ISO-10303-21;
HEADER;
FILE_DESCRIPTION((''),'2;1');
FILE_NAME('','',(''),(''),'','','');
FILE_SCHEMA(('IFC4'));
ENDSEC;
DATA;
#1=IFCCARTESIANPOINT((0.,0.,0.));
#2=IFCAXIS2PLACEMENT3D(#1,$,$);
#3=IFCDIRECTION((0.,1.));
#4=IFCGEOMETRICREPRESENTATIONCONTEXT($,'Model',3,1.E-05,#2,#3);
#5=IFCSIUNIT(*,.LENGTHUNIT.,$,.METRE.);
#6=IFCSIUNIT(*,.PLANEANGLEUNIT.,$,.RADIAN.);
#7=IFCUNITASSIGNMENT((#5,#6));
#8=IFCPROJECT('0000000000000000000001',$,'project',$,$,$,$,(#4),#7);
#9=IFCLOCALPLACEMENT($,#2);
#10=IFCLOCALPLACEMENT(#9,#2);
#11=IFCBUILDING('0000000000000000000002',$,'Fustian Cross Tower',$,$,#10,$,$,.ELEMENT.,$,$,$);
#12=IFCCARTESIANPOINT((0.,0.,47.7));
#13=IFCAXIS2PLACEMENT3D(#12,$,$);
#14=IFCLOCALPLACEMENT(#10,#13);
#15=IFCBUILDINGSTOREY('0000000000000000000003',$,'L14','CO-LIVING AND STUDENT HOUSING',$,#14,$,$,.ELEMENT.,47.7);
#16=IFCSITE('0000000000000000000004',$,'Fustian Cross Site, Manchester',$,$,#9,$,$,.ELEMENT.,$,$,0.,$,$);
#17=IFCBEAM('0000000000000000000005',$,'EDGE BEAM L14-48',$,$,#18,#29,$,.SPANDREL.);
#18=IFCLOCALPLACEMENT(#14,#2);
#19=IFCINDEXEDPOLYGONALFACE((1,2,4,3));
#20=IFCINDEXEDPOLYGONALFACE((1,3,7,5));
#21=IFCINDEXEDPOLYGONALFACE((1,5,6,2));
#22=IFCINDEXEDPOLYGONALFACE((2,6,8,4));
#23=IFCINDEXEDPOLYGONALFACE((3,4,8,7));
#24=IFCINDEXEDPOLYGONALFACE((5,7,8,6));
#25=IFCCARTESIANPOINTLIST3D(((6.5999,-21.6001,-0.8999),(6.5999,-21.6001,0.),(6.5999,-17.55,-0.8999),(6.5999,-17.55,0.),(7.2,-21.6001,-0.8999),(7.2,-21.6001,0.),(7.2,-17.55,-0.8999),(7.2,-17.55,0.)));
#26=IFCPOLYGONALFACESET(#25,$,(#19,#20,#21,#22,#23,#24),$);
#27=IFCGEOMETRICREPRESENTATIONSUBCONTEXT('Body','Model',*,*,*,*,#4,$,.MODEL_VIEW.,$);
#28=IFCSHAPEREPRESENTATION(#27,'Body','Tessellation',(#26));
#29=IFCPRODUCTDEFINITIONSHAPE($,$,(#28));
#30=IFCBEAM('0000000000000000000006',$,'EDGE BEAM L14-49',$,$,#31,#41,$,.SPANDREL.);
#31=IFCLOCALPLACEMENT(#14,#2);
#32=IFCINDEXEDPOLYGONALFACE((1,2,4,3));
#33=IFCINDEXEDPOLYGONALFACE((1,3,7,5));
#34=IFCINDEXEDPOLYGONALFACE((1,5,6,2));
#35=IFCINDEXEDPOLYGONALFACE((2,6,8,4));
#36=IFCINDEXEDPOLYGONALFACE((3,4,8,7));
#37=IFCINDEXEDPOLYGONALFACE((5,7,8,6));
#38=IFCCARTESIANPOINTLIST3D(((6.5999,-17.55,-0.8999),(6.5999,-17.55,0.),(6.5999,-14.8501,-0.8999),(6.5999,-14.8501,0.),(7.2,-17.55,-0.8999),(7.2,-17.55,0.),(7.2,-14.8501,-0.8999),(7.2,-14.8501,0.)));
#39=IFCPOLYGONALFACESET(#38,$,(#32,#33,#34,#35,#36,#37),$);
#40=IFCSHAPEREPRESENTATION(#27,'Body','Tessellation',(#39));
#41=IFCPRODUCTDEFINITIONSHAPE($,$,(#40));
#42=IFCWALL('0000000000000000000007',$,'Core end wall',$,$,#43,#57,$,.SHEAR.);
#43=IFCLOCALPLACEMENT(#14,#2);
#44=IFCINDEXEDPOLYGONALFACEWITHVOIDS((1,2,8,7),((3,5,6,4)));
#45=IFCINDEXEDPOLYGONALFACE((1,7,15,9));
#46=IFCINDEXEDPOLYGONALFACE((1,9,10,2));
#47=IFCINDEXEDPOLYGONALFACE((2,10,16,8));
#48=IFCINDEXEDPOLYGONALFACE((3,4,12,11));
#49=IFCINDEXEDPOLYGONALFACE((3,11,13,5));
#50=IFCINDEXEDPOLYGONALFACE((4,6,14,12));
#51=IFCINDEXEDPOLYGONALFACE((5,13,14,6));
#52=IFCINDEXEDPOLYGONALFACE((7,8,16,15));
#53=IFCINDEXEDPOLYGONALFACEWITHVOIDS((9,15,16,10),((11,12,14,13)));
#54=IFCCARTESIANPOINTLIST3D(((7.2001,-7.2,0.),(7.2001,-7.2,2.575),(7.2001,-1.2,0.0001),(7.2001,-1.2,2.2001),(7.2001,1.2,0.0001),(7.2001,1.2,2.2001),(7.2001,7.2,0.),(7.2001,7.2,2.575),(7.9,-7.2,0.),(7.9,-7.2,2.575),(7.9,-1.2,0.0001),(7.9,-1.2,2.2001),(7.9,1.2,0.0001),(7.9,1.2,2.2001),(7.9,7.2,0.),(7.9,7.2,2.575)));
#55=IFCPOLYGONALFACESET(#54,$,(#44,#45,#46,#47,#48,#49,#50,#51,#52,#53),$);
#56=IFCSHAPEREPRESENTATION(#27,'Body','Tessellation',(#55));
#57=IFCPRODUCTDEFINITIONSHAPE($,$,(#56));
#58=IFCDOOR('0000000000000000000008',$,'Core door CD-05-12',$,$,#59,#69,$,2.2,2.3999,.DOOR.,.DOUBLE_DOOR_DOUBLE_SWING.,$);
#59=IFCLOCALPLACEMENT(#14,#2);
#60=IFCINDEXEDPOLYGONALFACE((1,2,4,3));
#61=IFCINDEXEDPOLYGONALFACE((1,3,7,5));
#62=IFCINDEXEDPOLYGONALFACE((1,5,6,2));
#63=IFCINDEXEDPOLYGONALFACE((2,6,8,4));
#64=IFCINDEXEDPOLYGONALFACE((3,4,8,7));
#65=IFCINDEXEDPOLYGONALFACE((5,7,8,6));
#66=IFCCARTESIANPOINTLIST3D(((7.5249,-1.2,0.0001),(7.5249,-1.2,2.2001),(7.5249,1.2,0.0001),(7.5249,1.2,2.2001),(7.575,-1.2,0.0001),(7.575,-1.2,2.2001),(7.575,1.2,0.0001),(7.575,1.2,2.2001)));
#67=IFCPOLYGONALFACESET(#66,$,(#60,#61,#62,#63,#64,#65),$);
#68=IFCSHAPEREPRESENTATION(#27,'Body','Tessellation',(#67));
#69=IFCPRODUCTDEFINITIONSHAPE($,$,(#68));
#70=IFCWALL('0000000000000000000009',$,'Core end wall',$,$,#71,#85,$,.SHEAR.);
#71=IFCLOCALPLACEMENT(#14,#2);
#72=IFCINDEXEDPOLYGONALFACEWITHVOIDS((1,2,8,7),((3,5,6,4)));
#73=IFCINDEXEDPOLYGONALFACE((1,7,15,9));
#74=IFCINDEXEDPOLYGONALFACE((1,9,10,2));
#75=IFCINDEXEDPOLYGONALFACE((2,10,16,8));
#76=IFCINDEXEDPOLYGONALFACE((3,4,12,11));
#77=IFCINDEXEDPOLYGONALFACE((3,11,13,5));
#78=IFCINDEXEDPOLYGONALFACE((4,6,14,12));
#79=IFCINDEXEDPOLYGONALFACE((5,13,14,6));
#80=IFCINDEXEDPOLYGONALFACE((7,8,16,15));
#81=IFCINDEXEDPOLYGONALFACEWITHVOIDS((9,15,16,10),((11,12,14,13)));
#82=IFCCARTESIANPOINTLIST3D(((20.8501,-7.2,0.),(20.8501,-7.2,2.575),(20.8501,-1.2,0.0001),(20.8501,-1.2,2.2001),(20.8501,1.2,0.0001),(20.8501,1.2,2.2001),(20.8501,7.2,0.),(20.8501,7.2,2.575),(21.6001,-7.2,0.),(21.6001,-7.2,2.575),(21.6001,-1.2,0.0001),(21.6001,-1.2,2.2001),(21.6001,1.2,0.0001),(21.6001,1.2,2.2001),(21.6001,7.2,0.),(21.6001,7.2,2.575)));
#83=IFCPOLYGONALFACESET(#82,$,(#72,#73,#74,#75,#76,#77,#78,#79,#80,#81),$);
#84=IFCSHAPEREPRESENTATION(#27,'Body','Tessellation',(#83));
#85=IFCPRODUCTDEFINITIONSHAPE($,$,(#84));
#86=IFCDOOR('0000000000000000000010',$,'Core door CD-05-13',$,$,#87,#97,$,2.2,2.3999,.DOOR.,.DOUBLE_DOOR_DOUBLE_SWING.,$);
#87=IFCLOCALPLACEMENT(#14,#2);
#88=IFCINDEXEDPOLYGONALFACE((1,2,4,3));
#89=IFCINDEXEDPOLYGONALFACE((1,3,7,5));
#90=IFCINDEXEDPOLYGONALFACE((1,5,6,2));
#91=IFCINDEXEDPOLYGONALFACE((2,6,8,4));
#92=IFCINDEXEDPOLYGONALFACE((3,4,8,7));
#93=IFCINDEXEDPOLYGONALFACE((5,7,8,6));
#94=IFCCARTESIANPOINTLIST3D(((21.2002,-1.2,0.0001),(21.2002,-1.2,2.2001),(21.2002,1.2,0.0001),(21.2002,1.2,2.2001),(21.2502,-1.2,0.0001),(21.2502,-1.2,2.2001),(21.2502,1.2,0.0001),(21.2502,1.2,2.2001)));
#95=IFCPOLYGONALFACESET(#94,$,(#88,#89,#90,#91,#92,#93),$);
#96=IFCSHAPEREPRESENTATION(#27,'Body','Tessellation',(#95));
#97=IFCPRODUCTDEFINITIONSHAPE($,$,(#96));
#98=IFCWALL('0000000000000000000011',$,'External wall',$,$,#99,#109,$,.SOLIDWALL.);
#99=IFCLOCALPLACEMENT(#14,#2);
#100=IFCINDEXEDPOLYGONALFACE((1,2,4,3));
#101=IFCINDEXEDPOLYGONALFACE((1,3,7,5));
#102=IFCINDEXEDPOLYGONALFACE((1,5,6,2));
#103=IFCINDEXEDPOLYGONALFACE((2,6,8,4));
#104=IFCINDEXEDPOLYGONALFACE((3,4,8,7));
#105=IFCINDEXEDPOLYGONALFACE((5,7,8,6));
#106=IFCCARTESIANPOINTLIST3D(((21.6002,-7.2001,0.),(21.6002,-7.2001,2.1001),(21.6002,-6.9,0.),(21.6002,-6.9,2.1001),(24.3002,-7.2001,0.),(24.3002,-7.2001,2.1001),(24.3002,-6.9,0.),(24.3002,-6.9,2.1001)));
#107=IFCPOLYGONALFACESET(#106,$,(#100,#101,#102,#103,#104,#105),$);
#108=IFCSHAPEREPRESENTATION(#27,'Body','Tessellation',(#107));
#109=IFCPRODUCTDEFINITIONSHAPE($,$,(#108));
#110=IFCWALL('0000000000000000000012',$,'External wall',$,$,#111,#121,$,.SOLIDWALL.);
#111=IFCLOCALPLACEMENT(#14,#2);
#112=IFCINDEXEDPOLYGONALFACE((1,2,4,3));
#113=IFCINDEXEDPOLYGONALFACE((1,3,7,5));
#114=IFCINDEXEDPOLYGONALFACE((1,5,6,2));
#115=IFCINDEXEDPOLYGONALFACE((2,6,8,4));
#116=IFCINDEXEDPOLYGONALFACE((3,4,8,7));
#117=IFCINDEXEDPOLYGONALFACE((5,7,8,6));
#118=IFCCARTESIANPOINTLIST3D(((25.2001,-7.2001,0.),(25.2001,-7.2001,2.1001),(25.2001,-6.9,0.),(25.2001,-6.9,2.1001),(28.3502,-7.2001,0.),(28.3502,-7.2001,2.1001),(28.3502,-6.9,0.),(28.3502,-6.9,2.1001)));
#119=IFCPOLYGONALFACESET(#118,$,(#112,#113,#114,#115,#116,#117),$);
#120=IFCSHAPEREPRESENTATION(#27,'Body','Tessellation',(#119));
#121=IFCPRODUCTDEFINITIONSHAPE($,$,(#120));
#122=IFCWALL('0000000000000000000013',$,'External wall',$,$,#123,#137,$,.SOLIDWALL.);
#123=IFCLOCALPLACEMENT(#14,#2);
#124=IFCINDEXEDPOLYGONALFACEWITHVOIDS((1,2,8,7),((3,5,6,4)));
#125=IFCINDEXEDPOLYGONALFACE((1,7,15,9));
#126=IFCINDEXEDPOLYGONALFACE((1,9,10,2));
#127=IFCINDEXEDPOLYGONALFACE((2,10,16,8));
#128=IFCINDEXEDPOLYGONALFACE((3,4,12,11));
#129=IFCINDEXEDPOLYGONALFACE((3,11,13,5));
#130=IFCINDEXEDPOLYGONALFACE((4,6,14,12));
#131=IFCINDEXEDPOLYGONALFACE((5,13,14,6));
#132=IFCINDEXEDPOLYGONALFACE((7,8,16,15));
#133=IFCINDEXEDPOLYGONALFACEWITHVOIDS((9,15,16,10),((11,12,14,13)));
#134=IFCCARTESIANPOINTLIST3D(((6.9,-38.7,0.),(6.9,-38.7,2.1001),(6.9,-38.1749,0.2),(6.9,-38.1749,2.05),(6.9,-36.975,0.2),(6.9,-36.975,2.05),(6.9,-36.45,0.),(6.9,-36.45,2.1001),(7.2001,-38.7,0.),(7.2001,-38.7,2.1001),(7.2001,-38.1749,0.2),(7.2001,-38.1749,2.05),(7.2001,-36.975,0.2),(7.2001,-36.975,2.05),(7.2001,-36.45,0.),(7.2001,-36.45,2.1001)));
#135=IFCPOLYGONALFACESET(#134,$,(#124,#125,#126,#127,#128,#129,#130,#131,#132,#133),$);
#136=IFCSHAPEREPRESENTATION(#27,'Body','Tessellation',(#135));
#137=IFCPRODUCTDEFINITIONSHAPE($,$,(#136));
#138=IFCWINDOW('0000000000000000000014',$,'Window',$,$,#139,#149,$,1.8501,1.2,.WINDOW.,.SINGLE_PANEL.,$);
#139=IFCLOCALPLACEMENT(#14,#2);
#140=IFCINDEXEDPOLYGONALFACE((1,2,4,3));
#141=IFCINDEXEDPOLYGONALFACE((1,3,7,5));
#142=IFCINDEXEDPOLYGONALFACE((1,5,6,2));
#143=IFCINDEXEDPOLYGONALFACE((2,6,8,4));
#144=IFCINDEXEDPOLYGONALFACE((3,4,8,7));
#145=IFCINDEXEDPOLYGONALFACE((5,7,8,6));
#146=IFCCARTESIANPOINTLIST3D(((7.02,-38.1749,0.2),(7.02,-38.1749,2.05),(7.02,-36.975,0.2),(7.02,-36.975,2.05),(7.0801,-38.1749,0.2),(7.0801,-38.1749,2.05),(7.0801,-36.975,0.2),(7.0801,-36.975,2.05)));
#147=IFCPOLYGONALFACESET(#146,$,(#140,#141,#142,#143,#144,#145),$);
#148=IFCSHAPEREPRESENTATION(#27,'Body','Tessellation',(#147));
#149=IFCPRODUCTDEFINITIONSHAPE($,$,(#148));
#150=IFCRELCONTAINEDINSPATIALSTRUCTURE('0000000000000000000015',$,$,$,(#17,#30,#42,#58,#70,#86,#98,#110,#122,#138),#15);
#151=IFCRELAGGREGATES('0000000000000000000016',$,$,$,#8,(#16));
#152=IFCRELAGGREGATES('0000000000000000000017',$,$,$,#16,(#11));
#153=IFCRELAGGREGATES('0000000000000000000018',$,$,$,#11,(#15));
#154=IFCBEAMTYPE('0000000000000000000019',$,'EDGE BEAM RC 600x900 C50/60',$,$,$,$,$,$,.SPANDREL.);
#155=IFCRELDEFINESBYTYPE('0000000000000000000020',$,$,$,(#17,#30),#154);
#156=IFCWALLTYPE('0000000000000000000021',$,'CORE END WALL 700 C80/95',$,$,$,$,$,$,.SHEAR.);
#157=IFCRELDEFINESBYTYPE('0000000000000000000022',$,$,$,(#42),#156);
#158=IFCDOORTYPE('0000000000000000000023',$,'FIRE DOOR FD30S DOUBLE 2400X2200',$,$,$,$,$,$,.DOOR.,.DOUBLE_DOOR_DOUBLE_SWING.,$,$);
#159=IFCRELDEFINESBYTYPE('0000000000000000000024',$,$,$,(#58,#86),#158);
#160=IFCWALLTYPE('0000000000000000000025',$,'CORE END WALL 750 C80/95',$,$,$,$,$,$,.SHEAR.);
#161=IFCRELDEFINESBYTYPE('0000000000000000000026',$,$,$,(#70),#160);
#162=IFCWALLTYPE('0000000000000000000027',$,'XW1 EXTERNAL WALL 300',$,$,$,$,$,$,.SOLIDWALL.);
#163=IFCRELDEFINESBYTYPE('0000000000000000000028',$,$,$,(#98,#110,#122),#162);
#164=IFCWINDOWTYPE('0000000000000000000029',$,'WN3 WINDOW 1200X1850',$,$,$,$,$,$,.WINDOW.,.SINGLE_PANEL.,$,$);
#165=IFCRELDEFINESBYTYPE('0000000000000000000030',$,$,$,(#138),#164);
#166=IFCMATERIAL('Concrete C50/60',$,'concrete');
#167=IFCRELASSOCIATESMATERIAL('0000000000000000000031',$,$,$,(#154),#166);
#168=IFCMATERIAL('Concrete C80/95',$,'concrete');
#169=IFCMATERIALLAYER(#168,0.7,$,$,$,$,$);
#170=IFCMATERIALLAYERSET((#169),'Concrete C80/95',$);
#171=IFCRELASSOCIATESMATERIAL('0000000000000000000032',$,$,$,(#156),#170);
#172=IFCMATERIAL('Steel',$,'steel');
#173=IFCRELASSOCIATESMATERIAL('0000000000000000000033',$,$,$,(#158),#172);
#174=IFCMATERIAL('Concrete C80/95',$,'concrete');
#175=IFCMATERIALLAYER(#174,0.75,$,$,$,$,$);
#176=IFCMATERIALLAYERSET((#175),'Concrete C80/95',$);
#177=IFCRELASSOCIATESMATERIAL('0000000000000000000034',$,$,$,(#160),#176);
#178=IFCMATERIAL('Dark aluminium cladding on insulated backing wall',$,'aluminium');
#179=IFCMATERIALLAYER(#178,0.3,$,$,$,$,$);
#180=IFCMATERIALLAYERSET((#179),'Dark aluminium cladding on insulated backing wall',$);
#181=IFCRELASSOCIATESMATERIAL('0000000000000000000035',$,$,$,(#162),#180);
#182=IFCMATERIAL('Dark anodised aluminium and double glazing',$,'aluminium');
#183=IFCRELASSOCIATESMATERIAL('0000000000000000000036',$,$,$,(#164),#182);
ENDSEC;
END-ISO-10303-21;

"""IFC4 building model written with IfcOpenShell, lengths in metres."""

from ifc_helpers import new_model, si_unit, direction, frame, frame_2d, origin, origin_2d, place, context, subcontext, project, spatial, rectangle, extrude, material, layer, layer_set, material_profile, profile_set, type_object, element, fill, save


model = new_model("IFC4")

# Units and contexts
model_context = context("Model", 3, precision=1e-05, world=origin(), true_north=direction((0.0, 1.0)))
body_context = subcontext(model_context, "Body", "Model", "MODEL_VIEW")
ifc_project = project(units=[si_unit("LENGTHUNIT", "METRE"), si_unit("PLANEANGLEUNIT", "RADIAN")], contexts=[model_context])

# Site, building, storey
site_placement = place(None, origin())
site = spatial("IfcSite", under=ifc_project, at=site_placement, Name="Fustian Cross Site, Manchester", CompositionType="ELEMENT", RefElevation=0.0)
building_placement = place(site_placement, origin())
building = spatial("IfcBuilding", under=site, at=building_placement, Name="Fustian Cross Tower", CompositionType="ELEMENT")
storey_placement = place(building_placement, frame((0.0, 0.0, 47.7)))
storey = spatial("IfcBuildingStorey", under=building, at=storey_placement, Name="L14", Description="CO-LIVING AND STUDENT HOUSING", CompositionType="ELEMENT", Elevation=47.7)

# Beams
ifc_material_1 = material(Name="Concrete C50/60", Category="concrete")
ifc_material_profile = material_profile(ifc_material_1, rectangle(XDim=0.6001, YDim=0.8999, at=origin_2d()), Name="RC 600x900")
ifc_profile_set = profile_set([ifc_material_profile], Name="Concrete C50/60")
beam_type = type_object("IfcBeamType", Name="EDGE BEAM RC 600x900 C50/60", PredefinedType="SPANDREL", material=ifc_profile_set)
beam_1_placement = place(storey_placement, frame((6.8999, -21.6001, -0.45), z_axis=(0.0, 1.0, 0.0), x_axis=(-1.0, 0.0, 0.0)))
element("IfcBeam", 1, at=beam_1_placement, inside=storey, type_object=beam_type, Name="EDGE BEAM L14-48", PredefinedType="SPANDREL", context=body_context, shape_type="SweptSolid", body=[
    extrude(rectangle(XDim=0.6001, YDim=0.8999, at=origin_2d()), origin(), (0.0, 0.0, 1.0), 4.05),
])
beam_2_placement = place(storey_placement, frame((6.8999, -17.55, -0.45), z_axis=(0.0, 1.0, 0.0), x_axis=(-1.0, 0.0, 0.0)))
element("IfcBeam", 2, at=beam_2_placement, inside=storey, type_object=beam_type, Name="EDGE BEAM L14-49", PredefinedType="SPANDREL", context=body_context, shape_type="SweptSolid", body=[
    extrude(rectangle(XDim=0.6001, YDim=0.8999, at=origin_2d()), origin(), (0.0, 0.0, 1.0), 2.7),
])

# Walls, openings, doors
ifc_material_2 = material(Name="Concrete C80/95", Category="concrete")
ifc_layer_1 = layer(ifc_material_2, 0.7)
ifc_layer_set_1 = layer_set([ifc_layer_1], Name="Concrete C80/95")
wall_type_1 = type_object("IfcWallType", Name="CORE END WALL 700 C80/95", PredefinedType="SHEAR", material=ifc_layer_set_1)
wall_1_placement = place(storey_placement, frame((7.55, -7.2, 0.0), z_axis=(0.0, 0.0, 1.0), x_axis=(0.0, 1.0, 0.0)))
wall_1 = element("IfcWall", 3, at=wall_1_placement, inside=storey, type_object=wall_type_1, Name="Core end wall", PredefinedType="SHEAR", context=body_context, shape_type="SweptSolid", body=[
    extrude(rectangle(XDim=14.3999, YDim=0.7, at=frame_2d((7.2, 0.0))), origin(), (0.0, 0.0, 1.0), 2.575),
])
opening_1_placement = place(wall_1_placement, frame((6.0, 0.0, 0.0)))
opening_1 = element("IfcOpeningElement", 4, at=opening_1_placement, cuts=wall_1, PredefinedType="OPENING", context=body_context, shape_type="SweptSolid", body=[
    extrude(rectangle(XDim=2.3999, YDim=2.2, at=frame_2d((1.2, 1.1001))), frame((0.0, 0.3599, 0.0), z_axis=(0.0, -1.0, 0.0), x_axis=(1.0, 0.0, 0.0)), (0.0, 0.0, 1.0), 0.72),
])
ifc_material_3 = material(Name="Steel", Category="steel")
door_type = type_object("IfcDoorType", Name="FIRE DOOR FD30S DOUBLE 2400X2200", OperationType="DOUBLE_DOOR_DOUBLE_SWING", PredefinedType="DOOR", material=ifc_material_3)
door_1_placement = place(opening_1_placement, frame((2.3999, 0.0, 0.0), z_axis=(0.0, 0.0, 1.0), x_axis=(-1.0, 0.0, 0.0)))
door_1 = element("IfcDoor", 5, at=door_1_placement, inside=storey, type_object=door_type, Name="Core door CD-05-12", OperationType="DOUBLE_DOOR_DOUBLE_SWING", OverallHeight=2.2, OverallWidth=2.3999, PredefinedType="DOOR", context=body_context, shape_type="SweptSolid", body=[
    extrude(rectangle(XDim=2.3999, YDim=2.2, at=frame_2d((1.2, 1.1001))), frame((0.0, 0.0249, 0.0), z_axis=(0.0, -1.0, 0.0), x_axis=(1.0, 0.0, 0.0)), (0.0, 0.0, 1.0), 0.05),
])
fill(opening_1, door_1)
ifc_material_4 = material(Name="Concrete C80/95", Category="concrete")
ifc_layer_2 = layer(ifc_material_4, 0.75)
ifc_layer_set_2 = layer_set([ifc_layer_2], Name="Concrete C80/95")
wall_type_2 = type_object("IfcWallType", Name="CORE END WALL 750 C80/95", PredefinedType="SHEAR", material=ifc_layer_set_2)
wall_2_placement = place(storey_placement, frame((21.2251, -7.2, 0.0), z_axis=(0.0, 0.0, 1.0), x_axis=(0.0, 1.0, 0.0)))
wall_2 = element("IfcWall", 6, at=wall_2_placement, inside=storey, type_object=wall_type_2, Name="Core end wall", PredefinedType="SHEAR", context=body_context, shape_type="SweptSolid", body=[
    extrude(rectangle(XDim=14.3999, YDim=0.75, at=frame_2d((7.2, 0.0))), origin(), (0.0, 0.0, 1.0), 2.575),
])
opening_2_placement = place(wall_2_placement, frame((6.0, 0.0, 0.0)))
opening_2 = element("IfcOpeningElement", 7, at=opening_2_placement, cuts=wall_2, PredefinedType="OPENING", context=body_context, shape_type="SweptSolid", body=[
    extrude(rectangle(XDim=2.3999, YDim=2.2, at=frame_2d((1.2, 1.1001))), frame((0.0, 0.385, 0.0), z_axis=(0.0, -1.0, 0.0), x_axis=(1.0, 0.0, 0.0)), (0.0, 0.0, 1.0), 0.77),
])
door_2_placement = place(opening_2_placement, origin())
door_2 = element("IfcDoor", 8, at=door_2_placement, inside=storey, type_object=door_type, Name="Core door CD-05-13", OperationType="DOUBLE_DOOR_DOUBLE_SWING", OverallHeight=2.2, OverallWidth=2.3999, PredefinedType="DOOR", context=body_context, shape_type="SweptSolid", body=[
    extrude(rectangle(XDim=2.3999, YDim=2.2, at=frame_2d((1.2, 1.1001))), frame((0.0, 0.0249, 0.0), z_axis=(0.0, -1.0, 0.0), x_axis=(1.0, 0.0, 0.0)), (0.0, 0.0, 1.0), 0.05),
])
fill(opening_2, door_2)

# Walls
ifc_material_5 = material(Name="Dark aluminium cladding on insulated backing wall", Category="aluminium")
ifc_layer_3 = layer(ifc_material_5, 0.3)
ifc_layer_set_3 = layer_set([ifc_layer_3], Name="Dark aluminium cladding on insulated backing wall")
wall_type_3 = type_object("IfcWallType", Name="XW1 EXTERNAL WALL 300", PredefinedType="SOLIDWALL", material=ifc_layer_set_3)
wall_3_placement = place(storey_placement, frame((21.6001, -7.05, 0.0), z_axis=(0.0, 0.0, 1.0), x_axis=(1.0, 0.0, 0.0)))
element("IfcWall", 9, at=wall_3_placement, inside=storey, type_object=wall_type_3, Name="External wall", PredefinedType="SOLIDWALL", context=body_context, shape_type="SweptSolid", body=[
    extrude(rectangle(XDim=2.7, YDim=0.3, at=frame_2d((1.3501, 0.0))), origin(), (0.0, 0.0, 1.0), 2.1001),
])
wall_4_placement = place(storey_placement, frame((25.2, -7.05, 0.0), z_axis=(0.0, 0.0, 1.0), x_axis=(1.0, 0.0, 0.0)))
element("IfcWall", 10, at=wall_4_placement, inside=storey, type_object=wall_type_3, Name="External wall", PredefinedType="SOLIDWALL", context=body_context, shape_type="SweptSolid", body=[
    extrude(rectangle(XDim=3.1501, YDim=0.3, at=frame_2d((1.5752, 0.0))), origin(), (0.0, 0.0, 1.0), 2.1001),
])

# Wall, opening, window
wall_5_placement = place(storey_placement, frame((7.05, -38.7, 0.0), z_axis=(0.0, 0.0, 1.0), x_axis=(0.0, 1.0, 0.0)))
wall_5 = element("IfcWall", 11, at=wall_5_placement, inside=storey, type_object=wall_type_3, Name="External wall", PredefinedType="SOLIDWALL", context=body_context, shape_type="SweptSolid", body=[
    extrude(rectangle(XDim=2.25, YDim=0.3, at=frame_2d((1.125, 0.0))), origin(), (0.0, 0.0, 1.0), 2.1001),
])
opening_3_placement = place(wall_5_placement, frame((0.5249, 0.0, 0.2)))
opening_3 = element("IfcOpeningElement", 12, at=opening_3_placement, cuts=wall_5, PredefinedType="OPENING", context=body_context, shape_type="SweptSolid", body=[
    extrude(rectangle(XDim=1.2, YDim=1.8501, at=frame_2d((0.6001, 0.925))), frame((0.0, 0.1599, 0.0), z_axis=(0.0, -1.0, 0.0), x_axis=(1.0, 0.0, 0.0)), (0.0, 0.0, 1.0), 0.3201),
])
ifc_material_6 = material(Name="Dark anodised aluminium and double glazing", Category="aluminium")
window_type_1 = type_object("IfcWindowType", Name="WN3 WINDOW 1200X1850", PartitioningType="SINGLE_PANEL", PredefinedType="WINDOW", material=ifc_material_6)
window_1_placement = place(opening_3_placement, origin())
window_1 = element("IfcWindow", 13, at=window_1_placement, inside=storey, type_object=window_type_1, Name="Window", OverallHeight=1.8501, OverallWidth=1.2, PartitioningType="SINGLE_PANEL", PredefinedType="WINDOW", context=body_context, shape_type="SweptSolid", body=[
    extrude(rectangle(XDim=1.2, YDim=1.8501, at=frame_2d((0.6001, 0.925))), frame((0.0, 0.03, 0.0), z_axis=(0.0, -1.0, 0.0), x_axis=(1.0, 0.0, 0.0)), (0.0, 0.0, 1.0), 0.0601),
])
fill(opening_3, window_1)

save(model, "model.ifc")
